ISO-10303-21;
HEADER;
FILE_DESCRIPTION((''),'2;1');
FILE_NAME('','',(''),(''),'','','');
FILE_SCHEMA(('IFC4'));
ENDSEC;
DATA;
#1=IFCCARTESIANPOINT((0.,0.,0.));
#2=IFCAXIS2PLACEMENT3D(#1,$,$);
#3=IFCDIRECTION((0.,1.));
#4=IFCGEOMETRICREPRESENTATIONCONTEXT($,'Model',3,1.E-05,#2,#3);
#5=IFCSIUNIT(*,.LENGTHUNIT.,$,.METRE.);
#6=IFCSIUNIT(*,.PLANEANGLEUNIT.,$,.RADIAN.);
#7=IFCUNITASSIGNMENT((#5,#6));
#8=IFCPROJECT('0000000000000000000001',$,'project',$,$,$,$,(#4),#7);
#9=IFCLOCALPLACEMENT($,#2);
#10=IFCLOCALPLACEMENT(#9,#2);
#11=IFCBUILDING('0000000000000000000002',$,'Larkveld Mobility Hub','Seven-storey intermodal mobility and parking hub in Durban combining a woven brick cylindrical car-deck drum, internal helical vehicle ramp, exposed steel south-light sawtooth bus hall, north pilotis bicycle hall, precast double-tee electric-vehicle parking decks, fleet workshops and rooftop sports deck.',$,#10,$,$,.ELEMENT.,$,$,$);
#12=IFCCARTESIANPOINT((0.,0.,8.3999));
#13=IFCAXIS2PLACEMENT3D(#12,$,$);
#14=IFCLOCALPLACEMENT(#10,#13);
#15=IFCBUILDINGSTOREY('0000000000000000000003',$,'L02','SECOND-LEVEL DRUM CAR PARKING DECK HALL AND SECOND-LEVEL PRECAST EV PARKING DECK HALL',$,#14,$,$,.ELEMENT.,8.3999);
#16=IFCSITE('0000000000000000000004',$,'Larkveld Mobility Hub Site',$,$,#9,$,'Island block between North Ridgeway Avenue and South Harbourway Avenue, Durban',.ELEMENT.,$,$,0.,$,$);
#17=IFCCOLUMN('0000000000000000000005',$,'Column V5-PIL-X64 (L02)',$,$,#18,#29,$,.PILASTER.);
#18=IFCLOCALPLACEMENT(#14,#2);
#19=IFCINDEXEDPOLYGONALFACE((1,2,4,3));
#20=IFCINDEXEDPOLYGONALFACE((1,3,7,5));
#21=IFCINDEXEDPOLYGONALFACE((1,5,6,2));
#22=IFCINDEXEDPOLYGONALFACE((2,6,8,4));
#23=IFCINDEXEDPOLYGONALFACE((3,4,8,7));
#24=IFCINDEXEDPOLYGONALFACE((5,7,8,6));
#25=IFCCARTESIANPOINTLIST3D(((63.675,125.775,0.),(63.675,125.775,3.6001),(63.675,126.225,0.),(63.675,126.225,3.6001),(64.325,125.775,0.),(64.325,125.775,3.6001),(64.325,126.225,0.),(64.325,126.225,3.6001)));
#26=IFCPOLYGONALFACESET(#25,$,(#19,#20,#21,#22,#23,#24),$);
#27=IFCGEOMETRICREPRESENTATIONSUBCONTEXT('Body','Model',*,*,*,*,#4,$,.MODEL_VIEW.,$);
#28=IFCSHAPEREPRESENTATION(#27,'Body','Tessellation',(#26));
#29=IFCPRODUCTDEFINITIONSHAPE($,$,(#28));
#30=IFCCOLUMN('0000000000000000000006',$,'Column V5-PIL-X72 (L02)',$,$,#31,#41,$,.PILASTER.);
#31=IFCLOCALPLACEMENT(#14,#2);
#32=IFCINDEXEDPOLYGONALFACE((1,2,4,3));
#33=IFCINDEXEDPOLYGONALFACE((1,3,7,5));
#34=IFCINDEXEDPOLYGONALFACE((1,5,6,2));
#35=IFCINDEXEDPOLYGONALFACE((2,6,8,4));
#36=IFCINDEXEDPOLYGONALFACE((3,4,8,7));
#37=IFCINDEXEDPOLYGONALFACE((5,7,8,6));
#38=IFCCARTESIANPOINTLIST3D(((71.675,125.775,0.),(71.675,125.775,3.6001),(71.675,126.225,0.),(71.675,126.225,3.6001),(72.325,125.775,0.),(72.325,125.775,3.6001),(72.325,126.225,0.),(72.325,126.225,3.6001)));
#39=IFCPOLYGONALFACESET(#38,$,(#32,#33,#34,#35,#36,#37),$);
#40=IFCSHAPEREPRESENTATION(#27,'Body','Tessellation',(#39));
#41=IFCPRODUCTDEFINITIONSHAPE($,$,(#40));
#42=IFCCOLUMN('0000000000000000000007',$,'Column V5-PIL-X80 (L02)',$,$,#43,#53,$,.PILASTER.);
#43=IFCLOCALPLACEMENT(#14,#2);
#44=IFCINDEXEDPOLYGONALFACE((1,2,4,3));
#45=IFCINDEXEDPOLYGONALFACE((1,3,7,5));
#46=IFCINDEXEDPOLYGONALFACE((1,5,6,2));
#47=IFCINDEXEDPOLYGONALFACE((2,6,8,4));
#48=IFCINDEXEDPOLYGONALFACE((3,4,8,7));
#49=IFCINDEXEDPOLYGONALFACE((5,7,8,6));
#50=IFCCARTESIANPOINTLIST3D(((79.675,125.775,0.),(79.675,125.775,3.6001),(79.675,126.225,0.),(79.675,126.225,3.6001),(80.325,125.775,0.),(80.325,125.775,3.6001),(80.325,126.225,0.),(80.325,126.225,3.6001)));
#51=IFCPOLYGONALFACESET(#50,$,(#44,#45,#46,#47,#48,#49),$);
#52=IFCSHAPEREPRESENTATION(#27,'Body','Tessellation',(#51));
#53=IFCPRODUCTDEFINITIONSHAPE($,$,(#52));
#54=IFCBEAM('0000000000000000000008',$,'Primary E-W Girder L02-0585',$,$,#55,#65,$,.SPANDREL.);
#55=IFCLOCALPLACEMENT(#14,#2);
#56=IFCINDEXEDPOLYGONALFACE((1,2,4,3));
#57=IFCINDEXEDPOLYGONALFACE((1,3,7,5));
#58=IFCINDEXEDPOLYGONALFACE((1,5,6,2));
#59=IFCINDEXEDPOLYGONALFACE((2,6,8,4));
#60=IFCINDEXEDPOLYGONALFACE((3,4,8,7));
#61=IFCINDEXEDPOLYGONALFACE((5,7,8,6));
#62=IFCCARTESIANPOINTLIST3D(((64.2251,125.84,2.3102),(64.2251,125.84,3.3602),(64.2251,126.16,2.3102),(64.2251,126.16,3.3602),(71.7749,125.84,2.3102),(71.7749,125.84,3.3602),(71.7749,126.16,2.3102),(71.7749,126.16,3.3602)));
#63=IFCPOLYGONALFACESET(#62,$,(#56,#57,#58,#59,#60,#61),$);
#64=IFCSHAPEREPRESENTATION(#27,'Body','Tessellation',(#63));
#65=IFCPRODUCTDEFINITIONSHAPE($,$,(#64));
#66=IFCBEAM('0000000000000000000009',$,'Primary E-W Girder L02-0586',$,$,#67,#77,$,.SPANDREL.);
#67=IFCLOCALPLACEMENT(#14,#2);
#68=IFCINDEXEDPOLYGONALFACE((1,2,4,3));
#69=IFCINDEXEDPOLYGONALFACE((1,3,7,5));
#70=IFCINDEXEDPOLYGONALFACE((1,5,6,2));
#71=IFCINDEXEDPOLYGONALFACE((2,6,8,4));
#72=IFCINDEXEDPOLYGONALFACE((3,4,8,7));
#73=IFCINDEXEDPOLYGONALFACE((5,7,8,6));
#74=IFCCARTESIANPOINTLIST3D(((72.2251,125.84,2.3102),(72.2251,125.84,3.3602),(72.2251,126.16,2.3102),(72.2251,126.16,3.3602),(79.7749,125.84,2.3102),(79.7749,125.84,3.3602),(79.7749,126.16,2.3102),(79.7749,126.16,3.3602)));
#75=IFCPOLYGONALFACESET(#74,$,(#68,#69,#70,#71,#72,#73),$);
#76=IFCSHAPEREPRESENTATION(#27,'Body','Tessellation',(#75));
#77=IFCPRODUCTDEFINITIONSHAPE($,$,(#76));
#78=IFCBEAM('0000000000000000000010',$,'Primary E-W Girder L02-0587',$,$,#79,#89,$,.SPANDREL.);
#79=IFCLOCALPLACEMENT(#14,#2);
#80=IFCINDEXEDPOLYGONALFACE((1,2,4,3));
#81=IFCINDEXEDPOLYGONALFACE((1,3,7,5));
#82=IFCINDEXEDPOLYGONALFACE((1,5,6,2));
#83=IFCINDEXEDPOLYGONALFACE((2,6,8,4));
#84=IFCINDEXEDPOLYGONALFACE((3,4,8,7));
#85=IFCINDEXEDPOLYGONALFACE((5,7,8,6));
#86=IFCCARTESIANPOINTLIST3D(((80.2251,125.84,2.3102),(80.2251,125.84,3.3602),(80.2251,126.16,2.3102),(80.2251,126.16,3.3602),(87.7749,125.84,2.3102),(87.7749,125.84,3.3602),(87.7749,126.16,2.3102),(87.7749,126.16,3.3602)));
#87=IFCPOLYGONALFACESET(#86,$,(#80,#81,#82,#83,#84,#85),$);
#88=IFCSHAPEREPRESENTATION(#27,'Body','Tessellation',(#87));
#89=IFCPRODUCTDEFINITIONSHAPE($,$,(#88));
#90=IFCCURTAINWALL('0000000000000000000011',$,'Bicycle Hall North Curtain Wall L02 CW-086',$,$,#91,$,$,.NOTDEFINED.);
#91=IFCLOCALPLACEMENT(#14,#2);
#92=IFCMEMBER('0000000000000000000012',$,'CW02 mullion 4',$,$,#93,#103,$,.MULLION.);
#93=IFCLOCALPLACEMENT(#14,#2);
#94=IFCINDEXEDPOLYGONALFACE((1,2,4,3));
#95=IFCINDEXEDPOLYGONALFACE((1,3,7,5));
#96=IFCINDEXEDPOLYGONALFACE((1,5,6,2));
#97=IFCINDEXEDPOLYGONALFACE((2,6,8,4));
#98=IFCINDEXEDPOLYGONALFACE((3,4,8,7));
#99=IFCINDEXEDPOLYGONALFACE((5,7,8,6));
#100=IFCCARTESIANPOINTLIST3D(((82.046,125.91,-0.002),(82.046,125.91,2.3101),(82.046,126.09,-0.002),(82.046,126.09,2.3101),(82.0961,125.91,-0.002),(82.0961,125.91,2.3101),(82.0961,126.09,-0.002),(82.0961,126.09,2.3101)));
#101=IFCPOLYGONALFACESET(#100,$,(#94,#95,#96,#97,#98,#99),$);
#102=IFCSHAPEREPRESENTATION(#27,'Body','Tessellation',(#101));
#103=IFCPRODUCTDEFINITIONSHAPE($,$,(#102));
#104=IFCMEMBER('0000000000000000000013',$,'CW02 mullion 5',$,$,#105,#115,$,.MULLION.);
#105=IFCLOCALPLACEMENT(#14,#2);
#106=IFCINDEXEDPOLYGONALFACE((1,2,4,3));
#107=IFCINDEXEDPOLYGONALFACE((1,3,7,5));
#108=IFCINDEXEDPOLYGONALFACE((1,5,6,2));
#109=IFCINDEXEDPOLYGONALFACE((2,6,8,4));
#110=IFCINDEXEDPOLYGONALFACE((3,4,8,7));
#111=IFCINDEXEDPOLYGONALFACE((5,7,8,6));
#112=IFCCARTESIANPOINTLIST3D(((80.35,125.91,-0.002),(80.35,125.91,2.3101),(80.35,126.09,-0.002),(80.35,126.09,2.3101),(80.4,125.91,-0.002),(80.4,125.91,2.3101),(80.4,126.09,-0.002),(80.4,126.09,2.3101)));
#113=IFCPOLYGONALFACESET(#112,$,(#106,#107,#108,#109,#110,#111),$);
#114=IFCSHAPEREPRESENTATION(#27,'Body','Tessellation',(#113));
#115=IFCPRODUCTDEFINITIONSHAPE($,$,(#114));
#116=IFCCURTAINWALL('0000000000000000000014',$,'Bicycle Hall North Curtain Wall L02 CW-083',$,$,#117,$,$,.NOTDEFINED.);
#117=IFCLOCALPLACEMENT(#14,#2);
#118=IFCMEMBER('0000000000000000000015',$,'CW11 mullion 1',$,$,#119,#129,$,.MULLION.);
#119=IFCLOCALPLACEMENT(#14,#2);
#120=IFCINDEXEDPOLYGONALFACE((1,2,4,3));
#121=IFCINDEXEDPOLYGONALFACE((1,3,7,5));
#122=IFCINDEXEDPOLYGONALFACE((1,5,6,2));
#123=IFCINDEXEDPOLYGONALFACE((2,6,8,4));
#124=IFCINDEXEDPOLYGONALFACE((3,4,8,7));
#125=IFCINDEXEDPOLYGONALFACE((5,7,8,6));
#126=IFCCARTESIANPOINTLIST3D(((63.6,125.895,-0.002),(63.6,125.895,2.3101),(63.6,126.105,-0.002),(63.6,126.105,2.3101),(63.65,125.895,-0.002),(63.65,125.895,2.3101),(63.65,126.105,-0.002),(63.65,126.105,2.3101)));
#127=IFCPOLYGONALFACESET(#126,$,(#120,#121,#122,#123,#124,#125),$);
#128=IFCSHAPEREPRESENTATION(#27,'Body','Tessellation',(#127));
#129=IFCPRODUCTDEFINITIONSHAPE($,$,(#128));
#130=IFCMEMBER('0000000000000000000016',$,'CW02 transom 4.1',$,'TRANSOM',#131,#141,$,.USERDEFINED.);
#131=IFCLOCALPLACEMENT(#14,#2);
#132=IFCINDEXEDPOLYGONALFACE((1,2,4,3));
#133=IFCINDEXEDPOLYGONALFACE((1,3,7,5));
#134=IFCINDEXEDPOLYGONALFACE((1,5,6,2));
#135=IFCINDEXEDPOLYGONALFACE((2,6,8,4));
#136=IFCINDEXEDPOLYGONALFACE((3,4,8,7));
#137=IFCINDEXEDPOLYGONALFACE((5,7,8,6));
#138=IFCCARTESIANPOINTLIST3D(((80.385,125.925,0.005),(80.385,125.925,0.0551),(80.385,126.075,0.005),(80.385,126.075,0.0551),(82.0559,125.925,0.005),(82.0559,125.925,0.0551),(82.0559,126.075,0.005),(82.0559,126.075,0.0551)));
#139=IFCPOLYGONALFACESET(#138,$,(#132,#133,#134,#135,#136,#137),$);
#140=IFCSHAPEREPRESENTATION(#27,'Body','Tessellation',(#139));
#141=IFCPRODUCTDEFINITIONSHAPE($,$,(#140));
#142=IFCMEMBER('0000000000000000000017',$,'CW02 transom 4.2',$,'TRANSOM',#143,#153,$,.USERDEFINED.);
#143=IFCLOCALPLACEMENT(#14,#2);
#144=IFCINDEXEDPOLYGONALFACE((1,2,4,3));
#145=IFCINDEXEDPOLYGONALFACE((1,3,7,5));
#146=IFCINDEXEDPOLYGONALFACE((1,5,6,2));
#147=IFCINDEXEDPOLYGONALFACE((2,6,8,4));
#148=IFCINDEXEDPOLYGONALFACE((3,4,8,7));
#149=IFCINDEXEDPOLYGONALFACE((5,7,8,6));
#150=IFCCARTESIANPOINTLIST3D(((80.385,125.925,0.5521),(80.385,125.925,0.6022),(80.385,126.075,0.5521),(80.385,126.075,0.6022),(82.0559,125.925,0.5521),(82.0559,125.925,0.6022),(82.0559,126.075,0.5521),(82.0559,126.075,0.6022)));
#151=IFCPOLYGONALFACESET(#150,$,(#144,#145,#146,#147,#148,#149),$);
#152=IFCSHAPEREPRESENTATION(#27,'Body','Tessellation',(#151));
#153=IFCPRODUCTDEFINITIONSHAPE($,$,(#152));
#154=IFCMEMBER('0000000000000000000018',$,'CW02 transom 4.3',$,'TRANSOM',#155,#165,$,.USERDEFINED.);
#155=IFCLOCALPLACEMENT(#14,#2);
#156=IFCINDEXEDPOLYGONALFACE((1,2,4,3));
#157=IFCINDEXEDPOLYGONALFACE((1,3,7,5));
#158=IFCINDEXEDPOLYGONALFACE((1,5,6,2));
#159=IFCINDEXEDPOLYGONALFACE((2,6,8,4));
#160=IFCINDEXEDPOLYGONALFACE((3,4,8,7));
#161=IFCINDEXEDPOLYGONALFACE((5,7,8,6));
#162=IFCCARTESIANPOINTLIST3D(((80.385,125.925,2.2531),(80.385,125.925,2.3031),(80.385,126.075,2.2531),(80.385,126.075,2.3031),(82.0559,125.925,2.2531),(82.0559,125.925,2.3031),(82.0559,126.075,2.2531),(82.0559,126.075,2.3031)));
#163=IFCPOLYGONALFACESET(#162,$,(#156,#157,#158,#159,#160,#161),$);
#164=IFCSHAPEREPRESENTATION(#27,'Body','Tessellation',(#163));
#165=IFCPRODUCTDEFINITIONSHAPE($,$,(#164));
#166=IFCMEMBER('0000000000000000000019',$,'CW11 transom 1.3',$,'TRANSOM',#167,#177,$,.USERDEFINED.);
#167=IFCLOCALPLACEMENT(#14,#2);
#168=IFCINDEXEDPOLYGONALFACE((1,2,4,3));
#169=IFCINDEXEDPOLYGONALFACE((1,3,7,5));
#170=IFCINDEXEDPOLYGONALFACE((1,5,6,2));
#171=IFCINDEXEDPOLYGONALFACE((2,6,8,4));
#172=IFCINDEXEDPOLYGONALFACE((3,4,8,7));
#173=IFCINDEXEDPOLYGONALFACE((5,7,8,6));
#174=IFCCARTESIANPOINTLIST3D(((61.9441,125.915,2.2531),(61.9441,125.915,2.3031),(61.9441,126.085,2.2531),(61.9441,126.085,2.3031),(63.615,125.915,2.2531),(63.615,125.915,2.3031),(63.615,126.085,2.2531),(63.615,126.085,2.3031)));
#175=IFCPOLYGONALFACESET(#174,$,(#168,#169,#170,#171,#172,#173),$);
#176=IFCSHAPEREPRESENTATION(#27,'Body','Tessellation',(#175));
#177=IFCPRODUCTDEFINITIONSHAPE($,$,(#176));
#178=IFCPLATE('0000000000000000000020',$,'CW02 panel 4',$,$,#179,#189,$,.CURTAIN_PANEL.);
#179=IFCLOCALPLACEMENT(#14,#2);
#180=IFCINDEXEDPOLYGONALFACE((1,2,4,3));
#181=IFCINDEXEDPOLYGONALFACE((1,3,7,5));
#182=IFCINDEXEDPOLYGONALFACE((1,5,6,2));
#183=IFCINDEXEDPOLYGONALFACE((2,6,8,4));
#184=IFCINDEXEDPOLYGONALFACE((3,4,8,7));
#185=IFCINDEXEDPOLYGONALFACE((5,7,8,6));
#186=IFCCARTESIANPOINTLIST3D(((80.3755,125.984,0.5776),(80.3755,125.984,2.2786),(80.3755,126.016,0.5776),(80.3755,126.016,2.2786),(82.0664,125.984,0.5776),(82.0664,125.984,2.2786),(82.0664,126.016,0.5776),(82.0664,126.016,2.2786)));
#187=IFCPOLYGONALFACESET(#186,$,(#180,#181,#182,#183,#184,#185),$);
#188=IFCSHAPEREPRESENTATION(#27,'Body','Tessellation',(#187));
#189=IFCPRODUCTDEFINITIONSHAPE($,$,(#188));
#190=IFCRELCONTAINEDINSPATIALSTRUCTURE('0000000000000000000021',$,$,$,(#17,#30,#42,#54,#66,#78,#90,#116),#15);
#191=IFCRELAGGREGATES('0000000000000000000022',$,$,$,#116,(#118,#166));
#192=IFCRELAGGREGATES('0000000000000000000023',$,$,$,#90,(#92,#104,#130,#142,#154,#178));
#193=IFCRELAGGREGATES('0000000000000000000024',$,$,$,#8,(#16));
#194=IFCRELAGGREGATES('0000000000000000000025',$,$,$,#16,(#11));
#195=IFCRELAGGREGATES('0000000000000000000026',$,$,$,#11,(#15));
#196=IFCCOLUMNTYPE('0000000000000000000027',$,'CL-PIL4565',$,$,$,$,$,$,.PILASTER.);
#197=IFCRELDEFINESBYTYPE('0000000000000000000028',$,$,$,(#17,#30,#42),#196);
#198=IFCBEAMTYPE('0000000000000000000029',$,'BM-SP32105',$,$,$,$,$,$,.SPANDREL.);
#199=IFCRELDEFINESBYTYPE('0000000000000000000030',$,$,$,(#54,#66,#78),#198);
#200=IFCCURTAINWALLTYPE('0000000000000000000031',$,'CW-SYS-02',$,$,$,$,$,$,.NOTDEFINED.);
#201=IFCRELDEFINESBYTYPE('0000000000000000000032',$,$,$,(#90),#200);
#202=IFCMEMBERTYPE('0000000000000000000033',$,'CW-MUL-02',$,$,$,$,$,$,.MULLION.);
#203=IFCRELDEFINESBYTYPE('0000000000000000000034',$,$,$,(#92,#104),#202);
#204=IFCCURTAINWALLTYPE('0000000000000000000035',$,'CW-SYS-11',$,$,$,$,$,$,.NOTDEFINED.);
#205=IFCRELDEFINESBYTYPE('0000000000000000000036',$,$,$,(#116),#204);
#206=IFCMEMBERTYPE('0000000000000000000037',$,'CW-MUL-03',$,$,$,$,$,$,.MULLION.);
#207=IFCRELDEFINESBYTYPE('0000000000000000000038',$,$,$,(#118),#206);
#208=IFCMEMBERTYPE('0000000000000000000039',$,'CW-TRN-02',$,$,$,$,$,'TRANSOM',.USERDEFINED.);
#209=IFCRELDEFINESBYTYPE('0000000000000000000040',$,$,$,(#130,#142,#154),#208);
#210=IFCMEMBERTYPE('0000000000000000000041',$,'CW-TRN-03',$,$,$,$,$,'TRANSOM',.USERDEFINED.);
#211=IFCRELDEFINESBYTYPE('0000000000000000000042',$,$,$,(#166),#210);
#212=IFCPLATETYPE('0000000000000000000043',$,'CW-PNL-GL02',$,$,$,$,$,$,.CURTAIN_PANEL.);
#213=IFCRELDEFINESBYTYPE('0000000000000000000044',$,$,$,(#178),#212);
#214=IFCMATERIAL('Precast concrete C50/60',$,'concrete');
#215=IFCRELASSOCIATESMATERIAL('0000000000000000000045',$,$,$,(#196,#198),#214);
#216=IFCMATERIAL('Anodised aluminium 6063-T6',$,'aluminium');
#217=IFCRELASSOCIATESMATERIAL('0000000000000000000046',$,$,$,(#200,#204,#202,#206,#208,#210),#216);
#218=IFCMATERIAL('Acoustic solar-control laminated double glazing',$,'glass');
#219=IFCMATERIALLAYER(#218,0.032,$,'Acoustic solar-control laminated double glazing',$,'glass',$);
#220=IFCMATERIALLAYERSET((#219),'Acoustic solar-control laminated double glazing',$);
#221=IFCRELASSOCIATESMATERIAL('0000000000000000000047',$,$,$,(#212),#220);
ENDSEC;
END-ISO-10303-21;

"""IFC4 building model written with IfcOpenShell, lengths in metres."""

from ifc_helpers import new_model, si_unit, direction, frame, origin, origin_2d, place, context, subcontext, project, spatial, rectangle, extrude, material, layer, layer_set, material_profile, profile_set, type_object, element, aggregate, save


model = new_model("IFC4")

# Units and contexts
model_context = context("Model", 3, precision=1e-05, world=origin(), true_north=direction((0.0, 1.0)))
body_context = subcontext(model_context, "Body", "Model", "MODEL_VIEW")
ifc_project = project(units=[si_unit("LENGTHUNIT", "METRE"), si_unit("PLANEANGLEUNIT", "RADIAN")], contexts=[model_context])

# Site, building, storey
site_placement = place(None, origin())
site = spatial("IfcSite", under=ifc_project, at=site_placement, Name="Larkveld Mobility Hub Site", LongName="Island block between North Ridgeway Avenue and South Harbourway Avenue, Durban", CompositionType="ELEMENT", RefElevation=0.0)
building_placement = place(site_placement, origin())
building = spatial("IfcBuilding", under=site, at=building_placement, Name="Larkveld Mobility Hub", Description="Seven-storey intermodal mobility and parking hub in Durban combining a woven brick cylindrical car-deck drum, internal helical vehicle ramp, exposed steel south-light sawtooth bus hall, north pilotis bicycle hall, precast double-tee electric-vehicle parking decks, fleet workshops and rooftop sports deck.", CompositionType="ELEMENT")
storey_placement = place(building_placement, frame((0.0, 0.0, 8.3999)))
storey = spatial("IfcBuildingStorey", under=building, at=storey_placement, Name="L02", Description="SECOND-LEVEL DRUM CAR PARKING DECK HALL AND SECOND-LEVEL PRECAST EV PARKING DECK HALL", CompositionType="ELEMENT", Elevation=8.3999)

# Columns
ifc_material_1 = material(Name="Precast concrete C50/60", Category="concrete")
ifc_material_profile_1 = material_profile(ifc_material_1, rectangle(XDim=0.45, YDim=0.6499, at=origin_2d()), Name="PC PIL 450x650")
ifc_profile_set_1 = profile_set([ifc_material_profile_1], Name="Precast concrete C50/60")
column_type = type_object("IfcColumnType", Name="CL-PIL4565", PredefinedType="PILASTER", material=ifc_profile_set_1)
for number, where, z_axis, x_axis, name in (
    (1, (64.0, 126.0, 0.0), (0.0, 0.0, 1.0), (0.0, 1.0, 0.0), "Column V5-PIL-X64 (L02)"),
    (2, (72.0, 126.0, 0.0), (0.0, 0.0, 1.0), (0.0, 1.0, 0.0), "Column V5-PIL-X72 (L02)"),
    (3, (80.0, 126.0, 0.0), (0.0, 0.0, 1.0), (0.0, 1.0, 0.0), "Column V5-PIL-X80 (L02)"),
):
    element("IfcColumn", number, at=place(storey_placement, frame(where, z_axis=z_axis, x_axis=x_axis)), inside=storey, type_object=column_type, Name=name, PredefinedType="PILASTER", context=body_context, shape_type="SweptSolid", body=[
        extrude(rectangle(XDim=0.45, YDim=0.6499, at=origin_2d()), origin(), (0.0, 0.0, 1.0), 3.6001),
    ])

# Beams
ifc_material_profile_2 = material_profile(ifc_material_1, rectangle(XDim=0.3201, YDim=1.05, at=origin_2d()), Name="PC SP 320x1050")
ifc_profile_set_2 = profile_set([ifc_material_profile_2], Name="Precast concrete C50/60")
beam_type = type_object("IfcBeamType", Name="BM-SP32105", PredefinedType="SPANDREL", material=ifc_profile_set_2)
for number, where, z_axis, x_axis, name in (
    (4, (64.2251, 126.0, 2.8352), (1.0, 0.0, 0.0), (0.0, 1.0, 0.0), "Primary E-W Girder L02-0585"),
    (5, (72.2251, 126.0, 2.8352), (1.0, 0.0, 0.0), (0.0, 1.0, 0.0), "Primary E-W Girder L02-0586"),
    (6, (80.2251, 126.0, 2.8352), (1.0, 0.0, 0.0), (0.0, 1.0, 0.0), "Primary E-W Girder L02-0587"),
):
    element("IfcBeam", number, at=place(storey_placement, frame(where, z_axis=z_axis, x_axis=x_axis)), inside=storey, type_object=beam_type, Name=name, PredefinedType="SPANDREL", context=body_context, shape_type="SweptSolid", body=[
        extrude(rectangle(XDim=0.3201, YDim=1.05, at=origin_2d()), origin(), (0.0, 0.0, 1.0), 7.5498),
    ])

# Curtain wall, members
ifc_material_2 = material(Name="Anodised aluminium 6063-T6", Category="aluminium")
curtain_wall_type_1 = type_object("IfcCurtainWallType", Name="CW-SYS-02", PredefinedType="NOTDEFINED", material=ifc_material_2)
curtain_wall_1_placement = place(storey_placement, origin())
curtain_wall_1 = element("IfcCurtainWall", 7, at=curtain_wall_1_placement, inside=storey, type_object=curtain_wall_type_1, Name="Bicycle Hall North Curtain Wall L02 CW-086", PredefinedType="NOTDEFINED")
ifc_material_profile_3 = material_profile(ifc_material_2, rectangle(XDim=0.05, YDim=0.1799, at=origin_2d()), Name="ALU MULL 50x180")
ifc_profile_set_3 = profile_set([ifc_material_profile_3], Name="Anodised aluminium 6063-T6")
member_type_1 = type_object("IfcMemberType", Name="CW-MUL-02", PredefinedType="MULLION", material=ifc_profile_set_3)
member_1_placement = place(storey_placement, frame((82.071, 126.0, -0.002), z_axis=(0.0, 0.0, 1.0), x_axis=(-1.0, 0.0, 0.0)))
member_1 = element("IfcMember", 8, at=member_1_placement, type_object=member_type_1, Name="CW02 mullion 4", PredefinedType="MULLION", context=body_context, shape_type="SweptSolid", body=[
    extrude(rectangle(XDim=0.05, YDim=0.1799, at=origin_2d()), origin(), (0.0, 0.0, 1.0), 2.312),
])
member_2_placement = place(storey_placement, frame((80.375, 126.0, -0.002), z_axis=(0.0, 0.0, 1.0), x_axis=(-1.0, 0.0, 0.0)))
member_2 = element("IfcMember", 9, at=member_2_placement, type_object=member_type_1, Name="CW02 mullion 5", PredefinedType="MULLION", context=body_context, shape_type="SweptSolid", body=[
    extrude(rectangle(XDim=0.05, YDim=0.1799, at=origin_2d()), origin(), (0.0, 0.0, 1.0), 2.312),
])

# Curtain wall, member
curtain_wall_type_2 = type_object("IfcCurtainWallType", Name="CW-SYS-11", PredefinedType="NOTDEFINED", material=ifc_material_2)
curtain_wall_2_placement = place(storey_placement, origin())
curtain_wall_2 = element("IfcCurtainWall", 10, at=curtain_wall_2_placement, inside=storey, type_object=curtain_wall_type_2, Name="Bicycle Hall North Curtain Wall L02 CW-083", PredefinedType="NOTDEFINED")
ifc_material_profile_4 = material_profile(ifc_material_2, rectangle(XDim=0.05, YDim=0.21, at=origin_2d()), Name="ALU MULL 50x210")
ifc_profile_set_4 = profile_set([ifc_material_profile_4], Name="Anodised aluminium 6063-T6")
member_type_2 = type_object("IfcMemberType", Name="CW-MUL-03", PredefinedType="MULLION", material=ifc_profile_set_4)
member_3_placement = place(storey_placement, frame((63.625, 126.0, -0.002), z_axis=(0.0, 0.0, 1.0), x_axis=(-1.0, 0.0, 0.0)))
member_3 = element("IfcMember", 11, at=member_3_placement, type_object=member_type_2, Name="CW11 mullion 1", PredefinedType="MULLION", context=body_context, shape_type="SweptSolid", body=[
    extrude(rectangle(XDim=0.05, YDim=0.21, at=origin_2d()), origin(), (0.0, 0.0, 1.0), 2.312),
])

# Members
ifc_material_profile_5 = material_profile(ifc_material_2, rectangle(XDim=0.1499, YDim=0.05, at=origin_2d()), Name="ALU TRAN 50x150")
ifc_profile_set_5 = profile_set([ifc_material_profile_5], Name="Anodised aluminium 6063-T6")
member_type_3 = type_object("IfcMemberType", Name="CW-TRN-02", ElementType="TRANSOM", PredefinedType="USERDEFINED", material=ifc_profile_set_5)
member_4_placement = place(storey_placement, frame((82.0559, 126.0, 0.03), z_axis=(-1.0, 0.0, 0.0), x_axis=(0.0, -1.0, 0.0)))
member_4 = element("IfcMember", 12, at=member_4_placement, type_object=member_type_3, Name="CW02 transom 4.1", ObjectType="TRANSOM", PredefinedType="USERDEFINED", context=body_context, shape_type="SweptSolid", body=[
    extrude(rectangle(XDim=0.1499, YDim=0.05, at=origin_2d()), origin(), (0.0, 0.0, 1.0), 1.6709),
])
member_5_placement = place(storey_placement, frame((82.0559, 126.0, 0.5771), z_axis=(-1.0, 0.0, 0.0), x_axis=(0.0, -1.0, 0.0)))
member_5 = element("IfcMember", 13, at=member_5_placement, type_object=member_type_3, Name="CW02 transom 4.2", ObjectType="TRANSOM", PredefinedType="USERDEFINED", context=body_context, shape_type="SweptSolid", body=[
    extrude(rectangle(XDim=0.1499, YDim=0.05, at=origin_2d()), origin(), (0.0, 0.0, 1.0), 1.6709),
])
member_6_placement = place(storey_placement, frame((82.0559, 126.0, 2.2781), z_axis=(-1.0, 0.0, 0.0), x_axis=(0.0, -1.0, 0.0)))
member_6 = element("IfcMember", 14, at=member_6_placement, type_object=member_type_3, Name="CW02 transom 4.3", ObjectType="TRANSOM", PredefinedType="USERDEFINED", context=body_context, shape_type="SweptSolid", body=[
    extrude(rectangle(XDim=0.1499, YDim=0.05, at=origin_2d()), origin(), (0.0, 0.0, 1.0), 1.6709),
])
ifc_material_profile_6 = material_profile(ifc_material_2, rectangle(XDim=0.1699, YDim=0.05, at=origin_2d()), Name="ALU TRAN 50x170")
ifc_profile_set_6 = profile_set([ifc_material_profile_6], Name="Anodised aluminium 6063-T6")
member_type_4 = type_object("IfcMemberType", Name="CW-TRN-03", ElementType="TRANSOM", PredefinedType="USERDEFINED", material=ifc_profile_set_6)
member_7_placement = place(storey_placement, frame((63.615, 126.0, 2.2781), z_axis=(-1.0, 0.0, 0.0), x_axis=(0.0, -1.0, 0.0)))
member_7 = element("IfcMember", 15, at=member_7_placement, type_object=member_type_4, Name="CW11 transom 1.3", ObjectType="TRANSOM", PredefinedType="USERDEFINED", context=body_context, shape_type="SweptSolid", body=[
    extrude(rectangle(XDim=0.1699, YDim=0.05, at=origin_2d()), origin(), (0.0, 0.0, 1.0), 1.6709),
])
aggregate(curtain_wall_2, [member_3, member_7])

# Plate
ifc_material_3 = material(Name="Acoustic solar-control laminated double glazing", Category="glass")
ifc_layer_1 = layer(ifc_material_3, 0.032, Name="Acoustic solar-control laminated double glazing", Category="glass")
ifc_layer_set_1 = layer_set([ifc_layer_1], Name="Acoustic solar-control laminated double glazing")
plate_type_1 = type_object("IfcPlateType", Name="CW-PNL-GL02", PredefinedType="CURTAIN_PANEL", material=ifc_layer_set_1)
plate_1_placement = place(storey_placement, frame((81.2209, 126.0, 0.5776), z_axis=(0.0, 0.0, 1.0), x_axis=(-1.0, 0.0, 0.0)))
plate_1 = element("IfcPlate", 16, at=plate_1_placement, type_object=plate_type_1, Name="CW02 panel 4", PredefinedType="CURTAIN_PANEL", context=body_context, shape_type="SweptSolid", body=[
    extrude(rectangle(XDim=1.6909, YDim=0.032, at=origin_2d()), origin(), (0.0, 0.0, 1.0), 1.7009),
])
aggregate(curtain_wall_1, [member_1, member_2, member_4, member_5, member_6, plate_1])

save(model, "model.ifc")
